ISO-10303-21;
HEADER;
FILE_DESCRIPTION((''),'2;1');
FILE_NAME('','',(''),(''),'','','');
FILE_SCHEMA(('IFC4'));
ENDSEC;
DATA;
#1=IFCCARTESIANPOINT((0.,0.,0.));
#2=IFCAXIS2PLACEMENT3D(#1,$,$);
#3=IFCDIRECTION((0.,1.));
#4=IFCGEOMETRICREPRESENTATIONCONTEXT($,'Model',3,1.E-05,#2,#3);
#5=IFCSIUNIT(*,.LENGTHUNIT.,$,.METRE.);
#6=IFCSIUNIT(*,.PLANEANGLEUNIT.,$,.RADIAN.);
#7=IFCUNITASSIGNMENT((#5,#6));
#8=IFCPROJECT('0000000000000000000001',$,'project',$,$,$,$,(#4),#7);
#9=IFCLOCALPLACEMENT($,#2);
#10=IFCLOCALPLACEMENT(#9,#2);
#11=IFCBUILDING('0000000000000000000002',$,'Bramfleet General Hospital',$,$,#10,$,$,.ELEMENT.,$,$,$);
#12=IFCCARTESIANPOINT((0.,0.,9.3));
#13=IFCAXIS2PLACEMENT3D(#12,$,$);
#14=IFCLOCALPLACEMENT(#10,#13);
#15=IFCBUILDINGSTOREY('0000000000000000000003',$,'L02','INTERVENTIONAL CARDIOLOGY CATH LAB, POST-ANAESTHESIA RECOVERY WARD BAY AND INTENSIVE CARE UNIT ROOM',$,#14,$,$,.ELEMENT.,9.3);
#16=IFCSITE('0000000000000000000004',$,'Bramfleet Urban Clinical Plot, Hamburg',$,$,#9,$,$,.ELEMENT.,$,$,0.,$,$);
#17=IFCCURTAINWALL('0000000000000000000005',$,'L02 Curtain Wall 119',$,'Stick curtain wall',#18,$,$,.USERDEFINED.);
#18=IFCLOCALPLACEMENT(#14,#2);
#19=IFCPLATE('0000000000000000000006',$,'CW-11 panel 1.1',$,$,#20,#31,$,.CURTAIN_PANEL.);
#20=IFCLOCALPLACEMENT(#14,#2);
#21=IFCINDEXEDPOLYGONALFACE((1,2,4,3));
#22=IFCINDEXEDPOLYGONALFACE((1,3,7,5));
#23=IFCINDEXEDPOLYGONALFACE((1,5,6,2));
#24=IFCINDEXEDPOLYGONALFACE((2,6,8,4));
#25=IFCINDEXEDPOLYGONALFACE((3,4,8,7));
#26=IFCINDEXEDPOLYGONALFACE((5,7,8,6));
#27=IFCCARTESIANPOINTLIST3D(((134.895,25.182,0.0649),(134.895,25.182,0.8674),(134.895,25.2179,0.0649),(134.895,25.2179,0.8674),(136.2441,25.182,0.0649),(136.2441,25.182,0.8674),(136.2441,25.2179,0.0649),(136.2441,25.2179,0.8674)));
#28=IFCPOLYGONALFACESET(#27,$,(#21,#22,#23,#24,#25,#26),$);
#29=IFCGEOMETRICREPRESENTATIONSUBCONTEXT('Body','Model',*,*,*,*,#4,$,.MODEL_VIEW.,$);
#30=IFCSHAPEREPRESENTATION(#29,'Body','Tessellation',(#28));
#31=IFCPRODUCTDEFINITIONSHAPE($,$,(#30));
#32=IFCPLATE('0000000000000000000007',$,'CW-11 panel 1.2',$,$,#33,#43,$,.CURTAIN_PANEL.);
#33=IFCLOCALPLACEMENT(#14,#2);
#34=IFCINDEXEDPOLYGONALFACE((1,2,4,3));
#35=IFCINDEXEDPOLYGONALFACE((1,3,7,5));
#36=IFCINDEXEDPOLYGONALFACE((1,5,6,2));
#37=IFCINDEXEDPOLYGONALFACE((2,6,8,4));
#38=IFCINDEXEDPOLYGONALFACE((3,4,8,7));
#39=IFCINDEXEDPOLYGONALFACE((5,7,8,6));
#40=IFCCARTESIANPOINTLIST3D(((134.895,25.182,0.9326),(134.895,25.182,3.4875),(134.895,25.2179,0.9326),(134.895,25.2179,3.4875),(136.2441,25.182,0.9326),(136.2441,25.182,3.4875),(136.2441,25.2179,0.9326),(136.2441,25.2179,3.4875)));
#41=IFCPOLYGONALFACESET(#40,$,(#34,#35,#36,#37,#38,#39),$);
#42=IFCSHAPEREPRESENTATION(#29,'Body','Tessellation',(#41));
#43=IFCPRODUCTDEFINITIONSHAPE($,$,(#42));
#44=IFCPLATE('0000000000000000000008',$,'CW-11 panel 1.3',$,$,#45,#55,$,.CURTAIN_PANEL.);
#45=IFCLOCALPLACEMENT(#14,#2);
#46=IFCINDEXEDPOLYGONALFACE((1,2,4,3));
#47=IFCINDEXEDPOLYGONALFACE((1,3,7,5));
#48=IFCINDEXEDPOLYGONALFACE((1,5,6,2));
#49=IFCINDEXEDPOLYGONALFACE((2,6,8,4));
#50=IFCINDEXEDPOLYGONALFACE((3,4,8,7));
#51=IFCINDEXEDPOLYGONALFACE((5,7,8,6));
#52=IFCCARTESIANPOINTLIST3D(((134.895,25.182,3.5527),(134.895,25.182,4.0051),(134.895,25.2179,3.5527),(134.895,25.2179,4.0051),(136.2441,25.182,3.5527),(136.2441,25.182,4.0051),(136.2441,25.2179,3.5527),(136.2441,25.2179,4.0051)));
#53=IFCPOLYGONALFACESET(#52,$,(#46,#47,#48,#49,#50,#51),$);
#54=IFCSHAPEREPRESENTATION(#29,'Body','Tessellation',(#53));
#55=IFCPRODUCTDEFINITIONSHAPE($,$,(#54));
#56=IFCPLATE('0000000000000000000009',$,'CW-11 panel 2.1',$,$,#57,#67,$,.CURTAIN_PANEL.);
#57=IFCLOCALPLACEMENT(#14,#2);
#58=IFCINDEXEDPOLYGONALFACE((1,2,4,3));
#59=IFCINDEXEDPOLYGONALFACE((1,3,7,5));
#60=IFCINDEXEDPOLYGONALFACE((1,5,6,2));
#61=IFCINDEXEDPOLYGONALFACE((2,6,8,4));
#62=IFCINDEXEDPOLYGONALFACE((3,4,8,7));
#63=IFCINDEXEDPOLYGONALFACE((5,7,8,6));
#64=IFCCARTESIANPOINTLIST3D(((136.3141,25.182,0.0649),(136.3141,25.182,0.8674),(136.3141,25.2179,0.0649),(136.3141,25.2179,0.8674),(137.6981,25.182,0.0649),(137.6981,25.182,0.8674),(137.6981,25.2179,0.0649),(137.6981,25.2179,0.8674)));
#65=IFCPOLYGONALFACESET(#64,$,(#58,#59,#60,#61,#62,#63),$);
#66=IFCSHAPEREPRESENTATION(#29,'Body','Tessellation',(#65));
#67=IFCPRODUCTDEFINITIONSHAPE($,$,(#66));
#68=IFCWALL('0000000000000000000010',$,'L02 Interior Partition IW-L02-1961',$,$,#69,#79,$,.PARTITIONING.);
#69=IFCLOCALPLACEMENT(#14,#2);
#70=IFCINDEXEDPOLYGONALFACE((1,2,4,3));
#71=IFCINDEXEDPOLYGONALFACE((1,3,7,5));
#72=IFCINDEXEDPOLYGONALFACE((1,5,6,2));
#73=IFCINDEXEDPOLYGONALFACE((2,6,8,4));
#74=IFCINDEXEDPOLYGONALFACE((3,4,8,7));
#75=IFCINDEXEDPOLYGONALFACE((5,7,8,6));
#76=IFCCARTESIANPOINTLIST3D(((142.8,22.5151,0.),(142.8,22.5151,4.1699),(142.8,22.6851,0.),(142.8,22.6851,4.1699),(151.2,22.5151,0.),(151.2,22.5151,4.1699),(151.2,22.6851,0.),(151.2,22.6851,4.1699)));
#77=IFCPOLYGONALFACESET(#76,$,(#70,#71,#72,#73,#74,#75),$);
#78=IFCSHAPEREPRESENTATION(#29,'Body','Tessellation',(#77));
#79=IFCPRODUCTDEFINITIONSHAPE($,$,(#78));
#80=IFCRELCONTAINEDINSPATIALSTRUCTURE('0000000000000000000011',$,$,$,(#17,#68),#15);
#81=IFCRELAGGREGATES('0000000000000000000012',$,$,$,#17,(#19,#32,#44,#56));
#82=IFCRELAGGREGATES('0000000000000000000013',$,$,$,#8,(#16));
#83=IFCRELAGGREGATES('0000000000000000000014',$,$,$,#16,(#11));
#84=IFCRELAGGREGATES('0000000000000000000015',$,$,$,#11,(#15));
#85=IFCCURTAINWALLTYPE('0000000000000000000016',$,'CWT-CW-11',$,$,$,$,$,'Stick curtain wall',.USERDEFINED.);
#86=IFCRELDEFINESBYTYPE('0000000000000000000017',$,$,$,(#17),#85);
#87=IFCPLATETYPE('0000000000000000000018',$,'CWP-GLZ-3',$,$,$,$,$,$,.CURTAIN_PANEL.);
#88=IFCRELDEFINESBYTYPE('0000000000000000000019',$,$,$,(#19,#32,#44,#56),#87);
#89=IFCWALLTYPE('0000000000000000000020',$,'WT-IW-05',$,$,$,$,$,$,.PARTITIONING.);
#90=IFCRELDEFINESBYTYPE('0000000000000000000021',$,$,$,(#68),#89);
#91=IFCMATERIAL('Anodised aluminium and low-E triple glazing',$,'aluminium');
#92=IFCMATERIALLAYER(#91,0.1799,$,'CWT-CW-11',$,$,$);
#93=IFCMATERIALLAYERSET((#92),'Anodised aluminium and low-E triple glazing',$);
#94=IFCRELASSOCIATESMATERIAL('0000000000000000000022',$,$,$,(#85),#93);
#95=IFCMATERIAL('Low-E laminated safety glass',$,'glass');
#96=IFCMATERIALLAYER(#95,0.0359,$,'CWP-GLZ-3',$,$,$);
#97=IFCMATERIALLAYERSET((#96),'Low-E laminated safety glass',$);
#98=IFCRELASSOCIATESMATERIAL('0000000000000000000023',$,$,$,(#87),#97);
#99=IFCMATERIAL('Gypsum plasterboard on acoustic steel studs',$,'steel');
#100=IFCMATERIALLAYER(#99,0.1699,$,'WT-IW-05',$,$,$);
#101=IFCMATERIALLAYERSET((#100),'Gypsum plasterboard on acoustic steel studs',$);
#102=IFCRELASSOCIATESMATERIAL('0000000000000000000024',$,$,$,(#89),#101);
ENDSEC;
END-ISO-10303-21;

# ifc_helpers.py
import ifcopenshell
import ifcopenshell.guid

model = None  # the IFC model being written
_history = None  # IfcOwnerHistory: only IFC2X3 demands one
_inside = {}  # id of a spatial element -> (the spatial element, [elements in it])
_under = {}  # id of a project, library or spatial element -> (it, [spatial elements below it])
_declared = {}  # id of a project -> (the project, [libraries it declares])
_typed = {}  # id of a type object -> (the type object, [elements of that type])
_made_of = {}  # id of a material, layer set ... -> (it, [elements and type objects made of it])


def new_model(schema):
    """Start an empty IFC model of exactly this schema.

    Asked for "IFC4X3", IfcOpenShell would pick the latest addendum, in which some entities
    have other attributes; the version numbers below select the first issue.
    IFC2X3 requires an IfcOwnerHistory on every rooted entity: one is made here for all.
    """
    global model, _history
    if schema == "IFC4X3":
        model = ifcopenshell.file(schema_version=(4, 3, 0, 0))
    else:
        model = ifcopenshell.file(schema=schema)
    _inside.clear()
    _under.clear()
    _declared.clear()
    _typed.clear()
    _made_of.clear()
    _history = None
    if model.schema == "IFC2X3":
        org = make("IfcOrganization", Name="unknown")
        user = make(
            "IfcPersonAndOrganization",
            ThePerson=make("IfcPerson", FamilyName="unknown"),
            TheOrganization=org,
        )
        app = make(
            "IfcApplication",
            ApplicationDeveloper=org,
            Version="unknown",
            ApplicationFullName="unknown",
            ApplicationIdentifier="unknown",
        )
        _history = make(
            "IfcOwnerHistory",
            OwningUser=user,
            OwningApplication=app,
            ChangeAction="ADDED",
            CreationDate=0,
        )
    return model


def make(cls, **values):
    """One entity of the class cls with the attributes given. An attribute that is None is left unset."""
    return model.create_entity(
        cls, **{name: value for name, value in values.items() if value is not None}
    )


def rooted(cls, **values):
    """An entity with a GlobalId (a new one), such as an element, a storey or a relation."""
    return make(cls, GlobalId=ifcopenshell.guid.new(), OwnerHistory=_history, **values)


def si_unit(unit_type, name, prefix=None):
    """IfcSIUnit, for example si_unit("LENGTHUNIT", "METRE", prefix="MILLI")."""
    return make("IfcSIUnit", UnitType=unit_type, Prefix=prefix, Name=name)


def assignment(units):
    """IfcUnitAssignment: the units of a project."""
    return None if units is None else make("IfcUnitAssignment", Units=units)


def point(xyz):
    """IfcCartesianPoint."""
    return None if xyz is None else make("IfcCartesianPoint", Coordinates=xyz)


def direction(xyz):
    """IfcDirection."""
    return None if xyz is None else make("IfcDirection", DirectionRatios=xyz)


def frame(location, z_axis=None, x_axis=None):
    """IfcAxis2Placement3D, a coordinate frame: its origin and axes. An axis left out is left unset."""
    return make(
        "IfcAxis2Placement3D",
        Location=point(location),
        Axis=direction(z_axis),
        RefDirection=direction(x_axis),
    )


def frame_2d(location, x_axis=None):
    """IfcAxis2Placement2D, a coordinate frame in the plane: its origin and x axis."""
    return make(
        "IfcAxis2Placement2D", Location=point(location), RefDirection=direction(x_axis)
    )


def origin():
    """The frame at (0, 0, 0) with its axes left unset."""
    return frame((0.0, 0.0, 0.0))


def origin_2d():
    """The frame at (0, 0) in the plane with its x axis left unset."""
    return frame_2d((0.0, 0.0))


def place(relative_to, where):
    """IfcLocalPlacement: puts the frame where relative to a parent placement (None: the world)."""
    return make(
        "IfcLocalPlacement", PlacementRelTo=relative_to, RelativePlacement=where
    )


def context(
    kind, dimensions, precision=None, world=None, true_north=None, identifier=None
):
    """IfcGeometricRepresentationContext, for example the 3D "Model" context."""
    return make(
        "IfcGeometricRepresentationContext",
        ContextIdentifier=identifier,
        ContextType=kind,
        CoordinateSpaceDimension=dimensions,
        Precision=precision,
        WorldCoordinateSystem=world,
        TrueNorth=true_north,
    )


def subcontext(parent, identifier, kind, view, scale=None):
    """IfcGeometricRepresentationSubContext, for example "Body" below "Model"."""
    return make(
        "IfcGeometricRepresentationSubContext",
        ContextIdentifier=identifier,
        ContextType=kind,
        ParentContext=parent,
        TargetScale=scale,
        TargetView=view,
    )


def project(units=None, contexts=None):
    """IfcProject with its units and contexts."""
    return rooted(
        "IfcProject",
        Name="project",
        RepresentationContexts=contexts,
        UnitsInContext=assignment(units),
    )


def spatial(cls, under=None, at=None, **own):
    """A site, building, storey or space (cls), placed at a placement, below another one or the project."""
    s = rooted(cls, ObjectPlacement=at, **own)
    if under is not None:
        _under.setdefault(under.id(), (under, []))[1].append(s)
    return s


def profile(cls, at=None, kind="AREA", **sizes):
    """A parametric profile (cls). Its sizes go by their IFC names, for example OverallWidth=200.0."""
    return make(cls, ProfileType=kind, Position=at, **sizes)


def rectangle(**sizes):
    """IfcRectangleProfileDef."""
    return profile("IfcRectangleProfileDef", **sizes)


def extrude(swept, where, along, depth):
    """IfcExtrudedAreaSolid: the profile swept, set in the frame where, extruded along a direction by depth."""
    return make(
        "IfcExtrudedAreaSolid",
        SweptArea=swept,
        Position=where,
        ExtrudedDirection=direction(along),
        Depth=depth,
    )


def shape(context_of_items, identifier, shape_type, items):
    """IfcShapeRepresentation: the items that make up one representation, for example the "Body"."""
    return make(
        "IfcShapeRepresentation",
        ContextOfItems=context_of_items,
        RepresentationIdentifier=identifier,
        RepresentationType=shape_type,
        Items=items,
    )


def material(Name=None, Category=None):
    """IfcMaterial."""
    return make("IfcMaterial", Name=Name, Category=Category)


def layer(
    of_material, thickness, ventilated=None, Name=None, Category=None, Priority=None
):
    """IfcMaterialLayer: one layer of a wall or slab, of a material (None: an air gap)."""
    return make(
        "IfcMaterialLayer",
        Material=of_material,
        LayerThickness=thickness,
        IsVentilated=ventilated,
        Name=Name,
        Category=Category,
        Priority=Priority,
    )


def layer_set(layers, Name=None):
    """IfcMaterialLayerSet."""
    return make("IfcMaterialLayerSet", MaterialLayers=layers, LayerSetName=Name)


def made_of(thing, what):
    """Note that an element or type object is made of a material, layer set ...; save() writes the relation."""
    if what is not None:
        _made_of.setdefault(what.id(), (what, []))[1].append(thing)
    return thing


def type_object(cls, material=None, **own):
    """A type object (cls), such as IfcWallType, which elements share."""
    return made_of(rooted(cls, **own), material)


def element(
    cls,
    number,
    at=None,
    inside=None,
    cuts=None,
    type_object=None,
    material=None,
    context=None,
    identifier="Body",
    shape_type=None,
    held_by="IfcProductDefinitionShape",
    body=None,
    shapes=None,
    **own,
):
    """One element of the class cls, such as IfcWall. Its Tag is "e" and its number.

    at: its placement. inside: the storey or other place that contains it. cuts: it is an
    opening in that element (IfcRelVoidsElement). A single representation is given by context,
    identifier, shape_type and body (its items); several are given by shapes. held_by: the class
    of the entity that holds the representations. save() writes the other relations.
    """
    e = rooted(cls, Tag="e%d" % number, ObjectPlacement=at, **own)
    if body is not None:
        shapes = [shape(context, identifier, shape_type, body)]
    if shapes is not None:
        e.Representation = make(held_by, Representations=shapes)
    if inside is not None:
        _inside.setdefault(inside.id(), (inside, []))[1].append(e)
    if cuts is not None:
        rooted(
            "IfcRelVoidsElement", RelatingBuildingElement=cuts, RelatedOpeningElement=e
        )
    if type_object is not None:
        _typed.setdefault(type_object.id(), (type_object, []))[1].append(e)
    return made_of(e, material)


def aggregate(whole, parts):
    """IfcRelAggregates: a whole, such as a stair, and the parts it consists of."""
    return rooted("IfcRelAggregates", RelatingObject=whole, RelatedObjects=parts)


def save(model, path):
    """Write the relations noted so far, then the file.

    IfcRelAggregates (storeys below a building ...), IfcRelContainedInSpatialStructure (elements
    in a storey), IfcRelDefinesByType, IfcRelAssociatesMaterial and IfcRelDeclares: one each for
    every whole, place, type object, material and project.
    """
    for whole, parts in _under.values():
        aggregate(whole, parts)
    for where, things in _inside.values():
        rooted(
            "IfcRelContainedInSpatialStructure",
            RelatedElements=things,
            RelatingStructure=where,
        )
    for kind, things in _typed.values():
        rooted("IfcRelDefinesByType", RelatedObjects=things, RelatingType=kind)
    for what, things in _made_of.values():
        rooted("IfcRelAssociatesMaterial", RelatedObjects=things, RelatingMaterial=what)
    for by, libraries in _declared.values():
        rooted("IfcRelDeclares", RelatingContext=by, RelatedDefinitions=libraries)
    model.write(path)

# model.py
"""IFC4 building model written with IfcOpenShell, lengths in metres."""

from ifc_helpers import new_model, si_unit, direction, frame, frame_2d, origin, origin_2d, place, context, subcontext, project, spatial, rectangle, extrude, material, layer, layer_set, type_object, element, aggregate, save


model = new_model("IFC4")

# Units and contexts
model_context = context("Model", 3, precision=1e-05, world=origin(), true_north=direction((0.0, 1.0)))
body_context = subcontext(model_context, "Body", "Model", "MODEL_VIEW")
ifc_project = project(units=[si_unit("LENGTHUNIT", "METRE"), si_unit("PLANEANGLEUNIT", "RADIAN")], contexts=[model_context])

# Site, building, storey
site_placement = place(None, origin())
site = spatial("IfcSite", under=ifc_project, at=site_placement, Name="Bramfleet Urban Clinical Plot, Hamburg", CompositionType="ELEMENT", RefElevation=0.0)
building_placement = place(site_placement, origin())
building = spatial("IfcBuilding", under=site, at=building_placement, Name="Bramfleet General Hospital", CompositionType="ELEMENT")
storey_placement = place(building_placement, frame((0.0, 0.0, 9.3)))
storey = spatial("IfcBuildingStorey", under=building, at=storey_placement, Name="L02", Description="INTERVENTIONAL CARDIOLOGY CATH LAB, POST-ANAESTHESIA RECOVERY WARD BAY AND INTENSIVE CARE UNIT ROOM", CompositionType="ELEMENT", Elevation=9.3)

# Curtain wall
ifc_material_1 = material(Name="Anodised aluminium and low-E triple glazing", Category="aluminium")
ifc_layer_1 = layer(ifc_material_1, 0.1799, Name="CWT-CW-11")
ifc_layer_set_1 = layer_set([ifc_layer_1], Name="Anodised aluminium and low-E triple glazing")
curtain_wall_type_1 = type_object("IfcCurtainWallType", Name="CWT-CW-11", ElementType="Stick curtain wall", PredefinedType="USERDEFINED", material=ifc_layer_set_1)
curtain_wall_1_placement = place(storey_placement, origin())
curtain_wall_1 = element("IfcCurtainWall", 1, at=curtain_wall_1_placement, inside=storey, type_object=curtain_wall_type_1, Name="L02 Curtain Wall 119", ObjectType="Stick curtain wall", PredefinedType="USERDEFINED")

# Plates
ifc_material_2 = material(Name="Low-E laminated safety glass", Category="glass")
ifc_layer_2 = layer(ifc_material_2, 0.0359, Name="CWP-GLZ-3")
ifc_layer_set_2 = layer_set([ifc_layer_2], Name="Low-E laminated safety glass")
plate_type_1 = type_object("IfcPlateType", Name="CWP-GLZ-3", PredefinedType="CURTAIN_PANEL", material=ifc_layer_set_2)
plate_1_placement = place(storey_placement, frame((135.5696, 25.2, 0.0649), z_axis=(0.0, 0.0, 1.0), x_axis=(1.0, 0.0, 0.0)))
plate_1 = element("IfcPlate", 2, at=plate_1_placement, type_object=plate_type_1, Name="CW-11 panel 1.1", PredefinedType="CURTAIN_PANEL", context=body_context, shape_type="SweptSolid", body=[
    extrude(rectangle(XDim=1.3491, YDim=0.0359, at=origin_2d()), origin(), (0.0, 0.0, 1.0), 0.8025),
])
plate_2_placement = place(storey_placement, frame((135.5696, 25.2, 0.9326), z_axis=(0.0, 0.0, 1.0), x_axis=(1.0, 0.0, 0.0)))
plate_2 = element("IfcPlate", 3, at=plate_2_placement, type_object=plate_type_1, Name="CW-11 panel 1.2", PredefinedType="CURTAIN_PANEL", context=body_context, shape_type="SweptSolid", body=[
    extrude(rectangle(XDim=1.3491, YDim=0.0359, at=origin_2d()), origin(), (0.0, 0.0, 1.0), 2.5549),
])
plate_3_placement = place(storey_placement, frame((135.5696, 25.2, 3.5527), z_axis=(0.0, 0.0, 1.0), x_axis=(1.0, 0.0, 0.0)))
plate_3 = element("IfcPlate", 4, at=plate_3_placement, type_object=plate_type_1, Name="CW-11 panel 1.3", PredefinedType="CURTAIN_PANEL", context=body_context, shape_type="SweptSolid", body=[
    extrude(rectangle(XDim=1.3491, YDim=0.0359, at=origin_2d()), origin(), (0.0, 0.0, 1.0), 0.4524),
])
plate_4_placement = place(storey_placement, frame((137.0061, 25.2, 0.0649), z_axis=(0.0, 0.0, 1.0), x_axis=(1.0, 0.0, 0.0)))
plate_4 = element("IfcPlate", 5, at=plate_4_placement, type_object=plate_type_1, Name="CW-11 panel 2.1", PredefinedType="CURTAIN_PANEL", context=body_context, shape_type="SweptSolid", body=[
    extrude(rectangle(XDim=1.384, YDim=0.0359, at=origin_2d()), origin(), (0.0, 0.0, 1.0), 0.8025),
])
aggregate(curtain_wall_1, [plate_1, plate_2, plate_3, plate_4])

# Wall
ifc_material_3 = material(Name="Gypsum plasterboard on acoustic steel studs", Category="steel")
ifc_layer_3 = layer(ifc_material_3, 0.1699, Name="WT-IW-05")
ifc_layer_set_3 = layer_set([ifc_layer_3], Name="Gypsum plasterboard on acoustic steel studs")
wall_type = type_object("IfcWallType", Name="WT-IW-05", PredefinedType="PARTITIONING", material=ifc_layer_set_3)
wall_placement = place(storey_placement, frame((142.8, 22.6001, 0.0), z_axis=(0.0, 0.0, 1.0), x_axis=(1.0, 0.0, 0.0)))
element("IfcWall", 6, at=wall_placement, inside=storey, type_object=wall_type, Name="L02 Interior Partition IW-L02-1961", PredefinedType="PARTITIONING", context=body_context, shape_type="SweptSolid", body=[
    extrude(rectangle(XDim=8.3999, YDim=0.1699, at=frame_2d((4.2, 0.0))), origin(), (0.0, 0.0, 1.0), 4.1699),
])

save(model, "model.ifc")
